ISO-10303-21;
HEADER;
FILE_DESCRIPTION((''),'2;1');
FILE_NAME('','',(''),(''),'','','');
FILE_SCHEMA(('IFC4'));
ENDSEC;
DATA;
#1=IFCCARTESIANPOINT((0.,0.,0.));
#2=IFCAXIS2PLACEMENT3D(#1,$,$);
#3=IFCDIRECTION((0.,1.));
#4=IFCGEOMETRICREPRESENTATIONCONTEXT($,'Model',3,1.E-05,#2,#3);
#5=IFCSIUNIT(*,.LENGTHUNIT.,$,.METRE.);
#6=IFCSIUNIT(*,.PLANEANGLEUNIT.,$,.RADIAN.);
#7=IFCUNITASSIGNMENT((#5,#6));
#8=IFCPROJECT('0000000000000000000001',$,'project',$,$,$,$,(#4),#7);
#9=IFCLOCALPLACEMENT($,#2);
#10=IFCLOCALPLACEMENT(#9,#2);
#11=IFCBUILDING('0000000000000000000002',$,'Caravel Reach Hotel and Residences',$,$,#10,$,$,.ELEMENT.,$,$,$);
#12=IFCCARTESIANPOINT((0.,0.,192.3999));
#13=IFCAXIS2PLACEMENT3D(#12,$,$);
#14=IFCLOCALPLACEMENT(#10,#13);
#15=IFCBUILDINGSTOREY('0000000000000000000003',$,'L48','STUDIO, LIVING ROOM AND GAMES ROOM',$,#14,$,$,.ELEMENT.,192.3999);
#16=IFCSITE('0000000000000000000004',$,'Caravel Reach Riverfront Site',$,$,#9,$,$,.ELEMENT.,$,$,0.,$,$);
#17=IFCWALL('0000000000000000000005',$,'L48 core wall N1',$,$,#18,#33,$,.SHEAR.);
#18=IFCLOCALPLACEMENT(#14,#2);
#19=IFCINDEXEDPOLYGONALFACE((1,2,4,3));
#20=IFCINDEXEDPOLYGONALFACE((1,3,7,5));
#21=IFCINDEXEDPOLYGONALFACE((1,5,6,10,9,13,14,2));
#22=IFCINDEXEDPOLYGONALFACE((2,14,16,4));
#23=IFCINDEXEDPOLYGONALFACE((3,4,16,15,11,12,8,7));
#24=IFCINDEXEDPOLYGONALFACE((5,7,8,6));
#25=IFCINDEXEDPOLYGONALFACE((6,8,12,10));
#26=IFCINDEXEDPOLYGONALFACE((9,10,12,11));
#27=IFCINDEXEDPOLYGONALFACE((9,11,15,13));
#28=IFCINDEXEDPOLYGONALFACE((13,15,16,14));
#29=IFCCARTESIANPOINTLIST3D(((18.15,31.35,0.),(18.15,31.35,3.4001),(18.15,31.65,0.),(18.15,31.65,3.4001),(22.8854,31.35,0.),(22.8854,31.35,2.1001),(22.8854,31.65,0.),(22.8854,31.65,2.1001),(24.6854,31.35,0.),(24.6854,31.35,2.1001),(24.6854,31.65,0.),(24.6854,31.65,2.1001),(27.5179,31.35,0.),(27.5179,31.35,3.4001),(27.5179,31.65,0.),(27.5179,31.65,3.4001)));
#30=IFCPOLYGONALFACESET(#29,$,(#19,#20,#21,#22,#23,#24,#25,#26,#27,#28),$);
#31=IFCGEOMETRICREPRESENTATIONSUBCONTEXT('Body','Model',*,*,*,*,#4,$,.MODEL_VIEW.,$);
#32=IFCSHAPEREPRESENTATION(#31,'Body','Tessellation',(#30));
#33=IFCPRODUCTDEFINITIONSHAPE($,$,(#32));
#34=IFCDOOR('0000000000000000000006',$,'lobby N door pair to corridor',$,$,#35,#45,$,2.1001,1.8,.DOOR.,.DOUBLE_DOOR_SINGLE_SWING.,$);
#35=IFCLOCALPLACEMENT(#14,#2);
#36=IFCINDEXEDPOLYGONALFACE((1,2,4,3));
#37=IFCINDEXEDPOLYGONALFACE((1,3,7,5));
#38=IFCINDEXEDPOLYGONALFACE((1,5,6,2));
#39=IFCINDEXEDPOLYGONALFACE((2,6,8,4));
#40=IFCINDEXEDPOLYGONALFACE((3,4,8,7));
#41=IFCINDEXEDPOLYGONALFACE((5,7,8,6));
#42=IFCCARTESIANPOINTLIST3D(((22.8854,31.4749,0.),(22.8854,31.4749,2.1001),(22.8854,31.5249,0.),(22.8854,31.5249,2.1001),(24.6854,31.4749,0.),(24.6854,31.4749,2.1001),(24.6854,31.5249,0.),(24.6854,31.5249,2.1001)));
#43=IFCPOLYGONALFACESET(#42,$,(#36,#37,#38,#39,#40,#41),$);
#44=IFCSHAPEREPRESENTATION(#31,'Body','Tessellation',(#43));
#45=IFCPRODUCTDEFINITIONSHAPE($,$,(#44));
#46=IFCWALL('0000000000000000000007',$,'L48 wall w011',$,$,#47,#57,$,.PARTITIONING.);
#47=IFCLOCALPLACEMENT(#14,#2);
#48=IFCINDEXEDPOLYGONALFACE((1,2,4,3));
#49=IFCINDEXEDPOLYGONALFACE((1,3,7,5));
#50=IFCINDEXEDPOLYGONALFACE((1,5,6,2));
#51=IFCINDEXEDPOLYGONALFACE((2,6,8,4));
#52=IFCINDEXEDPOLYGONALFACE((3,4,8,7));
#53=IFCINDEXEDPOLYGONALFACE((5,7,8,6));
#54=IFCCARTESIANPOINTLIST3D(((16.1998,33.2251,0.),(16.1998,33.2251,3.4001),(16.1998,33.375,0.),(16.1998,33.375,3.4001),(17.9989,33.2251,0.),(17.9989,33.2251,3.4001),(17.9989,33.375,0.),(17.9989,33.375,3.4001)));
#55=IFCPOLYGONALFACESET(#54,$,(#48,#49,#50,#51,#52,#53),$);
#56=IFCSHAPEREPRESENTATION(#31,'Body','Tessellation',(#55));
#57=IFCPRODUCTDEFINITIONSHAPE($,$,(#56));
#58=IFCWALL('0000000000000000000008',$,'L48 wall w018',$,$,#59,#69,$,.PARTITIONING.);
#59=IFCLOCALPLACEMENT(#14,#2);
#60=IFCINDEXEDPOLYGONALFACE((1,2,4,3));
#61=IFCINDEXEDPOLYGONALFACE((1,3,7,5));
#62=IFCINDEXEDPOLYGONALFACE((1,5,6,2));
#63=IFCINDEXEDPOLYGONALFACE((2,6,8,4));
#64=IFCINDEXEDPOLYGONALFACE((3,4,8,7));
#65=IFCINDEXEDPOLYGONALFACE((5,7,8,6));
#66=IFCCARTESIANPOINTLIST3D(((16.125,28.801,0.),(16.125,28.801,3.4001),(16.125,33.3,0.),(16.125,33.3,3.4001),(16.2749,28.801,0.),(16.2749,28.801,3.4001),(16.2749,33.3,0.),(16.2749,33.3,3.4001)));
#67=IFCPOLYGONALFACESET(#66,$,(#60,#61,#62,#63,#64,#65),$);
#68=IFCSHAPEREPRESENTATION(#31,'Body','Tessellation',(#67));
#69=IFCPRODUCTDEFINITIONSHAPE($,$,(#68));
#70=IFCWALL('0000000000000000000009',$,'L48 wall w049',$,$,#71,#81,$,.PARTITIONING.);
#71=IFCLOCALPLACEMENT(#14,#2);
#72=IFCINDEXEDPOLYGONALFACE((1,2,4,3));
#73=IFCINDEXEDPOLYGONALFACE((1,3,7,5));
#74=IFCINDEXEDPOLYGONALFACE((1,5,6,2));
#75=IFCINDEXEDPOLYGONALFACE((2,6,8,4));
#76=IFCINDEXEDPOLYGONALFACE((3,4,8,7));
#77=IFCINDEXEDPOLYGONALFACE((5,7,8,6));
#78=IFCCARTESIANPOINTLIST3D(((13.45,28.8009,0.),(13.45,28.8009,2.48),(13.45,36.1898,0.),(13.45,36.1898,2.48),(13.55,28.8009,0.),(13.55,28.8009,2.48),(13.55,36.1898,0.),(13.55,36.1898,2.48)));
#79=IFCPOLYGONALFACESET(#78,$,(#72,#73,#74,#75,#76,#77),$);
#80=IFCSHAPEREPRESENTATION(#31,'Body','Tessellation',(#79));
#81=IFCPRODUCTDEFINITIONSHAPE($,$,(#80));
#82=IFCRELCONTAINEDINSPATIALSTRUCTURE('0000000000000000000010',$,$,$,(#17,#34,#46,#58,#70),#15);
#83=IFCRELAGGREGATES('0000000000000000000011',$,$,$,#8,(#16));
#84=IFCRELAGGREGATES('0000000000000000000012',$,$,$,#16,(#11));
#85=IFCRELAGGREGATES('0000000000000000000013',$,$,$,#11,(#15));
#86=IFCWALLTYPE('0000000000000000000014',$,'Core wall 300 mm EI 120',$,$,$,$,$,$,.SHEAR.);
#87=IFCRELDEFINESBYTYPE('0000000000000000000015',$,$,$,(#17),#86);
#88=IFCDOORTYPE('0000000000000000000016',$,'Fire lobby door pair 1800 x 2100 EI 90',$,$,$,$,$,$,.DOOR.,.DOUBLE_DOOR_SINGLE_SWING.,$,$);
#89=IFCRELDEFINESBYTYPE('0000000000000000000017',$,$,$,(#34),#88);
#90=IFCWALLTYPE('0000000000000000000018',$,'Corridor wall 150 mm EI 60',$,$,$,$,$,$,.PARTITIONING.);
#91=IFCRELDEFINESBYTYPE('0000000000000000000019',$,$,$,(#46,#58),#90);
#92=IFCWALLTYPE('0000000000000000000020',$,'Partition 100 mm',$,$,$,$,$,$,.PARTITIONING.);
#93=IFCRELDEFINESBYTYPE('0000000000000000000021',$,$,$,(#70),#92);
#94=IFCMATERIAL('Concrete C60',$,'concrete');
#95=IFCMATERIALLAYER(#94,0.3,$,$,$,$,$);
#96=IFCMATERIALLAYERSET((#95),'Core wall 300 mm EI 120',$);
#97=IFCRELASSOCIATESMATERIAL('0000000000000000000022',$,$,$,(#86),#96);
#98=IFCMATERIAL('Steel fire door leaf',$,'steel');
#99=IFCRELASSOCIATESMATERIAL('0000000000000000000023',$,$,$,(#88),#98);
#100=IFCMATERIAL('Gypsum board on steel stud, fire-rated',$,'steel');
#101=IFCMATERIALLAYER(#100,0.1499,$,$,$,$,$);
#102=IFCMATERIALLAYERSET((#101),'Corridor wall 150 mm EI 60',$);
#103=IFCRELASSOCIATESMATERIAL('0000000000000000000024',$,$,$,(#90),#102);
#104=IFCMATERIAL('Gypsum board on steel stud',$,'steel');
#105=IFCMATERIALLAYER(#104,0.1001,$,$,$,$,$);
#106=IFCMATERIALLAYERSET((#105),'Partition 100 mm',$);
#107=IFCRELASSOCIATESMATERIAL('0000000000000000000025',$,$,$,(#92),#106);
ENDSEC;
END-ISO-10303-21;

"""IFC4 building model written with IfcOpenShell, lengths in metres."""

from ifc_helpers import new_model, si_unit, direction, frame, frame_2d, origin, place, context, subcontext, project, spatial, rectangle, extrude, material, layer, layer_set, type_object, element, fill, save


model = new_model("IFC4")

# Units and contexts
model_context = context("Model", 3, precision=1e-05, world=origin(), true_north=direction((0.0, 1.0)))
body_context = subcontext(model_context, "Body", "Model", "MODEL_VIEW")
ifc_project = project(units=[si_unit("LENGTHUNIT", "METRE"), si_unit("PLANEANGLEUNIT", "RADIAN")], contexts=[model_context])

# Site, building, storey
site_placement = place(None, origin())
site = spatial("IfcSite", under=ifc_project, at=site_placement, Name="Caravel Reach Riverfront Site", CompositionType="ELEMENT", RefElevation=0.0)
building_placement = place(site_placement, origin())
building = spatial("IfcBuilding", under=site, at=building_placement, Name="Caravel Reach Hotel and Residences", CompositionType="ELEMENT")
storey_placement = place(building_placement, frame((0.0, 0.0, 192.3999)))
storey = spatial("IfcBuildingStorey", under=building, at=storey_placement, Name="L48", Description="STUDIO, LIVING ROOM AND GAMES ROOM", CompositionType="ELEMENT", Elevation=192.3999)

# Wall, opening, door
ifc_material_1 = material(Name="Concrete C60", Category="concrete")
ifc_layer_1 = layer(ifc_material_1, 0.3)
ifc_layer_set_1 = layer_set([ifc_layer_1], Name="Core wall 300 mm EI 120")
wall_type_1 = type_object("IfcWallType", Name="Core wall 300 mm EI 120", PredefinedType="SHEAR", material=ifc_layer_set_1)
wall_1_placement = place(storey_placement, frame((18.1499, 31.5, 0.0), z_axis=(0.0, 0.0, 1.0), x_axis=(1.0, 0.0, 0.0)))
wall_1 = element("IfcWall", 1, at=wall_1_placement, inside=storey, type_object=wall_type_1, Name="L48 core wall N1", PredefinedType="SHEAR", context=body_context, shape_type="SweptSolid", body=[
    extrude(rectangle(XDim=9.3679, YDim=0.3, at=frame_2d((4.6841, 0.0))), origin(), (0.0, 0.0, 1.0), 3.4001),
])
opening_placement = place(wall_1_placement, frame((4.7356, 0.0, 0.0)))
opening = element("IfcOpeningElement", 2, at=opening_placement, cuts=wall_1, PredefinedType="OPENING", context=body_context, shape_type="SweptSolid", body=[
    extrude(rectangle(XDim=1.8, YDim=2.1001, at=frame_2d((0.8999, 1.05))), frame((0.0, 0.1599, 0.0), z_axis=(0.0, -1.0, 0.0), x_axis=(1.0, 0.0, 0.0)), (0.0, 0.0, 1.0), 0.3201),
])
ifc_material_2 = material(Name="Steel fire door leaf", Category="steel")
door_type = type_object("IfcDoorType", Name="Fire lobby door pair 1800 x 2100 EI 90", OperationType="DOUBLE_DOOR_SINGLE_SWING", PredefinedType="DOOR", material=ifc_material_2)
door_placement = place(opening_placement, origin())
door = element("IfcDoor", 3, at=door_placement, inside=storey, type_object=door_type, Name="lobby N door pair to corridor", OperationType="DOUBLE_DOOR_SINGLE_SWING", OverallHeight=2.1001, OverallWidth=1.8, PredefinedType="DOOR", context=body_context, shape_type="SweptSolid", body=[
    extrude(rectangle(XDim=1.8, YDim=2.1001, at=frame_2d((0.8999, 1.05))), frame((0.0, 0.0249, 0.0), z_axis=(0.0, -1.0, 0.0), x_axis=(1.0, 0.0, 0.0)), (0.0, 0.0, 1.0), 0.05),
])
fill(opening, door)

# Walls
ifc_material_3 = material(Name="Gypsum board on steel stud, fire-rated", Category="steel")
ifc_layer_2 = layer(ifc_material_3, 0.1499)
ifc_layer_set_2 = layer_set([ifc_layer_2], Name="Corridor wall 150 mm EI 60")
wall_type_2 = type_object("IfcWallType", Name="Corridor wall 150 mm EI 60", PredefinedType="PARTITIONING", material=ifc_layer_set_2)
wall_2_placement = place(storey_placement, frame((16.2, 33.3, 0.0), z_axis=(0.0, 0.0, 1.0), x_axis=(1.0, 0.0, 0.0)))
element("IfcWall", 4, at=wall_2_placement, inside=storey, type_object=wall_type_2, Name="L48 wall w011", PredefinedType="PARTITIONING", context=body_context, shape_type="SweptSolid", body=[
    extrude(rectangle(XDim=1.7991, YDim=0.1499, at=frame_2d((0.8994, 0.0))), origin(), (0.0, 0.0, 1.0), 3.4001),
])
wall_3_placement = place(storey_placement, frame((16.2, 28.801, 0.0), z_axis=(0.0, 0.0, 1.0), x_axis=(0.0, 1.0, 0.0)))
element("IfcWall", 5, at=wall_3_placement, inside=storey, type_object=wall_type_2, Name="L48 wall w018", PredefinedType="PARTITIONING", context=body_context, shape_type="SweptSolid", body=[
    extrude(rectangle(XDim=4.499, YDim=0.1499, at=frame_2d((2.2495, 0.0))), origin(), (0.0, 0.0, 1.0), 3.4001),
])
ifc_material_4 = material(Name="Gypsum board on steel stud", Category="steel")
ifc_layer_3 = layer(ifc_material_4, 0.1001)
ifc_layer_set_3 = layer_set([ifc_layer_3], Name="Partition 100 mm")
wall_type_3 = type_object("IfcWallType", Name="Partition 100 mm", PredefinedType="PARTITIONING", material=ifc_layer_set_3)
wall_4_placement = place(storey_placement, frame((13.5, 28.801, 0.0), z_axis=(0.0, 0.0, 1.0), x_axis=(0.0, 1.0, 0.0)))
element("IfcWall", 6, at=wall_4_placement, inside=storey, type_object=wall_type_3, Name="L48 wall w049", PredefinedType="PARTITIONING", context=body_context, shape_type="SweptSolid", body=[
    extrude(rectangle(XDim=7.3889, YDim=0.1001, at=frame_2d((3.6943, 0.0))), origin(), (0.0, 0.0, 1.0), 2.48),
])

save(model, "model.ifc")
